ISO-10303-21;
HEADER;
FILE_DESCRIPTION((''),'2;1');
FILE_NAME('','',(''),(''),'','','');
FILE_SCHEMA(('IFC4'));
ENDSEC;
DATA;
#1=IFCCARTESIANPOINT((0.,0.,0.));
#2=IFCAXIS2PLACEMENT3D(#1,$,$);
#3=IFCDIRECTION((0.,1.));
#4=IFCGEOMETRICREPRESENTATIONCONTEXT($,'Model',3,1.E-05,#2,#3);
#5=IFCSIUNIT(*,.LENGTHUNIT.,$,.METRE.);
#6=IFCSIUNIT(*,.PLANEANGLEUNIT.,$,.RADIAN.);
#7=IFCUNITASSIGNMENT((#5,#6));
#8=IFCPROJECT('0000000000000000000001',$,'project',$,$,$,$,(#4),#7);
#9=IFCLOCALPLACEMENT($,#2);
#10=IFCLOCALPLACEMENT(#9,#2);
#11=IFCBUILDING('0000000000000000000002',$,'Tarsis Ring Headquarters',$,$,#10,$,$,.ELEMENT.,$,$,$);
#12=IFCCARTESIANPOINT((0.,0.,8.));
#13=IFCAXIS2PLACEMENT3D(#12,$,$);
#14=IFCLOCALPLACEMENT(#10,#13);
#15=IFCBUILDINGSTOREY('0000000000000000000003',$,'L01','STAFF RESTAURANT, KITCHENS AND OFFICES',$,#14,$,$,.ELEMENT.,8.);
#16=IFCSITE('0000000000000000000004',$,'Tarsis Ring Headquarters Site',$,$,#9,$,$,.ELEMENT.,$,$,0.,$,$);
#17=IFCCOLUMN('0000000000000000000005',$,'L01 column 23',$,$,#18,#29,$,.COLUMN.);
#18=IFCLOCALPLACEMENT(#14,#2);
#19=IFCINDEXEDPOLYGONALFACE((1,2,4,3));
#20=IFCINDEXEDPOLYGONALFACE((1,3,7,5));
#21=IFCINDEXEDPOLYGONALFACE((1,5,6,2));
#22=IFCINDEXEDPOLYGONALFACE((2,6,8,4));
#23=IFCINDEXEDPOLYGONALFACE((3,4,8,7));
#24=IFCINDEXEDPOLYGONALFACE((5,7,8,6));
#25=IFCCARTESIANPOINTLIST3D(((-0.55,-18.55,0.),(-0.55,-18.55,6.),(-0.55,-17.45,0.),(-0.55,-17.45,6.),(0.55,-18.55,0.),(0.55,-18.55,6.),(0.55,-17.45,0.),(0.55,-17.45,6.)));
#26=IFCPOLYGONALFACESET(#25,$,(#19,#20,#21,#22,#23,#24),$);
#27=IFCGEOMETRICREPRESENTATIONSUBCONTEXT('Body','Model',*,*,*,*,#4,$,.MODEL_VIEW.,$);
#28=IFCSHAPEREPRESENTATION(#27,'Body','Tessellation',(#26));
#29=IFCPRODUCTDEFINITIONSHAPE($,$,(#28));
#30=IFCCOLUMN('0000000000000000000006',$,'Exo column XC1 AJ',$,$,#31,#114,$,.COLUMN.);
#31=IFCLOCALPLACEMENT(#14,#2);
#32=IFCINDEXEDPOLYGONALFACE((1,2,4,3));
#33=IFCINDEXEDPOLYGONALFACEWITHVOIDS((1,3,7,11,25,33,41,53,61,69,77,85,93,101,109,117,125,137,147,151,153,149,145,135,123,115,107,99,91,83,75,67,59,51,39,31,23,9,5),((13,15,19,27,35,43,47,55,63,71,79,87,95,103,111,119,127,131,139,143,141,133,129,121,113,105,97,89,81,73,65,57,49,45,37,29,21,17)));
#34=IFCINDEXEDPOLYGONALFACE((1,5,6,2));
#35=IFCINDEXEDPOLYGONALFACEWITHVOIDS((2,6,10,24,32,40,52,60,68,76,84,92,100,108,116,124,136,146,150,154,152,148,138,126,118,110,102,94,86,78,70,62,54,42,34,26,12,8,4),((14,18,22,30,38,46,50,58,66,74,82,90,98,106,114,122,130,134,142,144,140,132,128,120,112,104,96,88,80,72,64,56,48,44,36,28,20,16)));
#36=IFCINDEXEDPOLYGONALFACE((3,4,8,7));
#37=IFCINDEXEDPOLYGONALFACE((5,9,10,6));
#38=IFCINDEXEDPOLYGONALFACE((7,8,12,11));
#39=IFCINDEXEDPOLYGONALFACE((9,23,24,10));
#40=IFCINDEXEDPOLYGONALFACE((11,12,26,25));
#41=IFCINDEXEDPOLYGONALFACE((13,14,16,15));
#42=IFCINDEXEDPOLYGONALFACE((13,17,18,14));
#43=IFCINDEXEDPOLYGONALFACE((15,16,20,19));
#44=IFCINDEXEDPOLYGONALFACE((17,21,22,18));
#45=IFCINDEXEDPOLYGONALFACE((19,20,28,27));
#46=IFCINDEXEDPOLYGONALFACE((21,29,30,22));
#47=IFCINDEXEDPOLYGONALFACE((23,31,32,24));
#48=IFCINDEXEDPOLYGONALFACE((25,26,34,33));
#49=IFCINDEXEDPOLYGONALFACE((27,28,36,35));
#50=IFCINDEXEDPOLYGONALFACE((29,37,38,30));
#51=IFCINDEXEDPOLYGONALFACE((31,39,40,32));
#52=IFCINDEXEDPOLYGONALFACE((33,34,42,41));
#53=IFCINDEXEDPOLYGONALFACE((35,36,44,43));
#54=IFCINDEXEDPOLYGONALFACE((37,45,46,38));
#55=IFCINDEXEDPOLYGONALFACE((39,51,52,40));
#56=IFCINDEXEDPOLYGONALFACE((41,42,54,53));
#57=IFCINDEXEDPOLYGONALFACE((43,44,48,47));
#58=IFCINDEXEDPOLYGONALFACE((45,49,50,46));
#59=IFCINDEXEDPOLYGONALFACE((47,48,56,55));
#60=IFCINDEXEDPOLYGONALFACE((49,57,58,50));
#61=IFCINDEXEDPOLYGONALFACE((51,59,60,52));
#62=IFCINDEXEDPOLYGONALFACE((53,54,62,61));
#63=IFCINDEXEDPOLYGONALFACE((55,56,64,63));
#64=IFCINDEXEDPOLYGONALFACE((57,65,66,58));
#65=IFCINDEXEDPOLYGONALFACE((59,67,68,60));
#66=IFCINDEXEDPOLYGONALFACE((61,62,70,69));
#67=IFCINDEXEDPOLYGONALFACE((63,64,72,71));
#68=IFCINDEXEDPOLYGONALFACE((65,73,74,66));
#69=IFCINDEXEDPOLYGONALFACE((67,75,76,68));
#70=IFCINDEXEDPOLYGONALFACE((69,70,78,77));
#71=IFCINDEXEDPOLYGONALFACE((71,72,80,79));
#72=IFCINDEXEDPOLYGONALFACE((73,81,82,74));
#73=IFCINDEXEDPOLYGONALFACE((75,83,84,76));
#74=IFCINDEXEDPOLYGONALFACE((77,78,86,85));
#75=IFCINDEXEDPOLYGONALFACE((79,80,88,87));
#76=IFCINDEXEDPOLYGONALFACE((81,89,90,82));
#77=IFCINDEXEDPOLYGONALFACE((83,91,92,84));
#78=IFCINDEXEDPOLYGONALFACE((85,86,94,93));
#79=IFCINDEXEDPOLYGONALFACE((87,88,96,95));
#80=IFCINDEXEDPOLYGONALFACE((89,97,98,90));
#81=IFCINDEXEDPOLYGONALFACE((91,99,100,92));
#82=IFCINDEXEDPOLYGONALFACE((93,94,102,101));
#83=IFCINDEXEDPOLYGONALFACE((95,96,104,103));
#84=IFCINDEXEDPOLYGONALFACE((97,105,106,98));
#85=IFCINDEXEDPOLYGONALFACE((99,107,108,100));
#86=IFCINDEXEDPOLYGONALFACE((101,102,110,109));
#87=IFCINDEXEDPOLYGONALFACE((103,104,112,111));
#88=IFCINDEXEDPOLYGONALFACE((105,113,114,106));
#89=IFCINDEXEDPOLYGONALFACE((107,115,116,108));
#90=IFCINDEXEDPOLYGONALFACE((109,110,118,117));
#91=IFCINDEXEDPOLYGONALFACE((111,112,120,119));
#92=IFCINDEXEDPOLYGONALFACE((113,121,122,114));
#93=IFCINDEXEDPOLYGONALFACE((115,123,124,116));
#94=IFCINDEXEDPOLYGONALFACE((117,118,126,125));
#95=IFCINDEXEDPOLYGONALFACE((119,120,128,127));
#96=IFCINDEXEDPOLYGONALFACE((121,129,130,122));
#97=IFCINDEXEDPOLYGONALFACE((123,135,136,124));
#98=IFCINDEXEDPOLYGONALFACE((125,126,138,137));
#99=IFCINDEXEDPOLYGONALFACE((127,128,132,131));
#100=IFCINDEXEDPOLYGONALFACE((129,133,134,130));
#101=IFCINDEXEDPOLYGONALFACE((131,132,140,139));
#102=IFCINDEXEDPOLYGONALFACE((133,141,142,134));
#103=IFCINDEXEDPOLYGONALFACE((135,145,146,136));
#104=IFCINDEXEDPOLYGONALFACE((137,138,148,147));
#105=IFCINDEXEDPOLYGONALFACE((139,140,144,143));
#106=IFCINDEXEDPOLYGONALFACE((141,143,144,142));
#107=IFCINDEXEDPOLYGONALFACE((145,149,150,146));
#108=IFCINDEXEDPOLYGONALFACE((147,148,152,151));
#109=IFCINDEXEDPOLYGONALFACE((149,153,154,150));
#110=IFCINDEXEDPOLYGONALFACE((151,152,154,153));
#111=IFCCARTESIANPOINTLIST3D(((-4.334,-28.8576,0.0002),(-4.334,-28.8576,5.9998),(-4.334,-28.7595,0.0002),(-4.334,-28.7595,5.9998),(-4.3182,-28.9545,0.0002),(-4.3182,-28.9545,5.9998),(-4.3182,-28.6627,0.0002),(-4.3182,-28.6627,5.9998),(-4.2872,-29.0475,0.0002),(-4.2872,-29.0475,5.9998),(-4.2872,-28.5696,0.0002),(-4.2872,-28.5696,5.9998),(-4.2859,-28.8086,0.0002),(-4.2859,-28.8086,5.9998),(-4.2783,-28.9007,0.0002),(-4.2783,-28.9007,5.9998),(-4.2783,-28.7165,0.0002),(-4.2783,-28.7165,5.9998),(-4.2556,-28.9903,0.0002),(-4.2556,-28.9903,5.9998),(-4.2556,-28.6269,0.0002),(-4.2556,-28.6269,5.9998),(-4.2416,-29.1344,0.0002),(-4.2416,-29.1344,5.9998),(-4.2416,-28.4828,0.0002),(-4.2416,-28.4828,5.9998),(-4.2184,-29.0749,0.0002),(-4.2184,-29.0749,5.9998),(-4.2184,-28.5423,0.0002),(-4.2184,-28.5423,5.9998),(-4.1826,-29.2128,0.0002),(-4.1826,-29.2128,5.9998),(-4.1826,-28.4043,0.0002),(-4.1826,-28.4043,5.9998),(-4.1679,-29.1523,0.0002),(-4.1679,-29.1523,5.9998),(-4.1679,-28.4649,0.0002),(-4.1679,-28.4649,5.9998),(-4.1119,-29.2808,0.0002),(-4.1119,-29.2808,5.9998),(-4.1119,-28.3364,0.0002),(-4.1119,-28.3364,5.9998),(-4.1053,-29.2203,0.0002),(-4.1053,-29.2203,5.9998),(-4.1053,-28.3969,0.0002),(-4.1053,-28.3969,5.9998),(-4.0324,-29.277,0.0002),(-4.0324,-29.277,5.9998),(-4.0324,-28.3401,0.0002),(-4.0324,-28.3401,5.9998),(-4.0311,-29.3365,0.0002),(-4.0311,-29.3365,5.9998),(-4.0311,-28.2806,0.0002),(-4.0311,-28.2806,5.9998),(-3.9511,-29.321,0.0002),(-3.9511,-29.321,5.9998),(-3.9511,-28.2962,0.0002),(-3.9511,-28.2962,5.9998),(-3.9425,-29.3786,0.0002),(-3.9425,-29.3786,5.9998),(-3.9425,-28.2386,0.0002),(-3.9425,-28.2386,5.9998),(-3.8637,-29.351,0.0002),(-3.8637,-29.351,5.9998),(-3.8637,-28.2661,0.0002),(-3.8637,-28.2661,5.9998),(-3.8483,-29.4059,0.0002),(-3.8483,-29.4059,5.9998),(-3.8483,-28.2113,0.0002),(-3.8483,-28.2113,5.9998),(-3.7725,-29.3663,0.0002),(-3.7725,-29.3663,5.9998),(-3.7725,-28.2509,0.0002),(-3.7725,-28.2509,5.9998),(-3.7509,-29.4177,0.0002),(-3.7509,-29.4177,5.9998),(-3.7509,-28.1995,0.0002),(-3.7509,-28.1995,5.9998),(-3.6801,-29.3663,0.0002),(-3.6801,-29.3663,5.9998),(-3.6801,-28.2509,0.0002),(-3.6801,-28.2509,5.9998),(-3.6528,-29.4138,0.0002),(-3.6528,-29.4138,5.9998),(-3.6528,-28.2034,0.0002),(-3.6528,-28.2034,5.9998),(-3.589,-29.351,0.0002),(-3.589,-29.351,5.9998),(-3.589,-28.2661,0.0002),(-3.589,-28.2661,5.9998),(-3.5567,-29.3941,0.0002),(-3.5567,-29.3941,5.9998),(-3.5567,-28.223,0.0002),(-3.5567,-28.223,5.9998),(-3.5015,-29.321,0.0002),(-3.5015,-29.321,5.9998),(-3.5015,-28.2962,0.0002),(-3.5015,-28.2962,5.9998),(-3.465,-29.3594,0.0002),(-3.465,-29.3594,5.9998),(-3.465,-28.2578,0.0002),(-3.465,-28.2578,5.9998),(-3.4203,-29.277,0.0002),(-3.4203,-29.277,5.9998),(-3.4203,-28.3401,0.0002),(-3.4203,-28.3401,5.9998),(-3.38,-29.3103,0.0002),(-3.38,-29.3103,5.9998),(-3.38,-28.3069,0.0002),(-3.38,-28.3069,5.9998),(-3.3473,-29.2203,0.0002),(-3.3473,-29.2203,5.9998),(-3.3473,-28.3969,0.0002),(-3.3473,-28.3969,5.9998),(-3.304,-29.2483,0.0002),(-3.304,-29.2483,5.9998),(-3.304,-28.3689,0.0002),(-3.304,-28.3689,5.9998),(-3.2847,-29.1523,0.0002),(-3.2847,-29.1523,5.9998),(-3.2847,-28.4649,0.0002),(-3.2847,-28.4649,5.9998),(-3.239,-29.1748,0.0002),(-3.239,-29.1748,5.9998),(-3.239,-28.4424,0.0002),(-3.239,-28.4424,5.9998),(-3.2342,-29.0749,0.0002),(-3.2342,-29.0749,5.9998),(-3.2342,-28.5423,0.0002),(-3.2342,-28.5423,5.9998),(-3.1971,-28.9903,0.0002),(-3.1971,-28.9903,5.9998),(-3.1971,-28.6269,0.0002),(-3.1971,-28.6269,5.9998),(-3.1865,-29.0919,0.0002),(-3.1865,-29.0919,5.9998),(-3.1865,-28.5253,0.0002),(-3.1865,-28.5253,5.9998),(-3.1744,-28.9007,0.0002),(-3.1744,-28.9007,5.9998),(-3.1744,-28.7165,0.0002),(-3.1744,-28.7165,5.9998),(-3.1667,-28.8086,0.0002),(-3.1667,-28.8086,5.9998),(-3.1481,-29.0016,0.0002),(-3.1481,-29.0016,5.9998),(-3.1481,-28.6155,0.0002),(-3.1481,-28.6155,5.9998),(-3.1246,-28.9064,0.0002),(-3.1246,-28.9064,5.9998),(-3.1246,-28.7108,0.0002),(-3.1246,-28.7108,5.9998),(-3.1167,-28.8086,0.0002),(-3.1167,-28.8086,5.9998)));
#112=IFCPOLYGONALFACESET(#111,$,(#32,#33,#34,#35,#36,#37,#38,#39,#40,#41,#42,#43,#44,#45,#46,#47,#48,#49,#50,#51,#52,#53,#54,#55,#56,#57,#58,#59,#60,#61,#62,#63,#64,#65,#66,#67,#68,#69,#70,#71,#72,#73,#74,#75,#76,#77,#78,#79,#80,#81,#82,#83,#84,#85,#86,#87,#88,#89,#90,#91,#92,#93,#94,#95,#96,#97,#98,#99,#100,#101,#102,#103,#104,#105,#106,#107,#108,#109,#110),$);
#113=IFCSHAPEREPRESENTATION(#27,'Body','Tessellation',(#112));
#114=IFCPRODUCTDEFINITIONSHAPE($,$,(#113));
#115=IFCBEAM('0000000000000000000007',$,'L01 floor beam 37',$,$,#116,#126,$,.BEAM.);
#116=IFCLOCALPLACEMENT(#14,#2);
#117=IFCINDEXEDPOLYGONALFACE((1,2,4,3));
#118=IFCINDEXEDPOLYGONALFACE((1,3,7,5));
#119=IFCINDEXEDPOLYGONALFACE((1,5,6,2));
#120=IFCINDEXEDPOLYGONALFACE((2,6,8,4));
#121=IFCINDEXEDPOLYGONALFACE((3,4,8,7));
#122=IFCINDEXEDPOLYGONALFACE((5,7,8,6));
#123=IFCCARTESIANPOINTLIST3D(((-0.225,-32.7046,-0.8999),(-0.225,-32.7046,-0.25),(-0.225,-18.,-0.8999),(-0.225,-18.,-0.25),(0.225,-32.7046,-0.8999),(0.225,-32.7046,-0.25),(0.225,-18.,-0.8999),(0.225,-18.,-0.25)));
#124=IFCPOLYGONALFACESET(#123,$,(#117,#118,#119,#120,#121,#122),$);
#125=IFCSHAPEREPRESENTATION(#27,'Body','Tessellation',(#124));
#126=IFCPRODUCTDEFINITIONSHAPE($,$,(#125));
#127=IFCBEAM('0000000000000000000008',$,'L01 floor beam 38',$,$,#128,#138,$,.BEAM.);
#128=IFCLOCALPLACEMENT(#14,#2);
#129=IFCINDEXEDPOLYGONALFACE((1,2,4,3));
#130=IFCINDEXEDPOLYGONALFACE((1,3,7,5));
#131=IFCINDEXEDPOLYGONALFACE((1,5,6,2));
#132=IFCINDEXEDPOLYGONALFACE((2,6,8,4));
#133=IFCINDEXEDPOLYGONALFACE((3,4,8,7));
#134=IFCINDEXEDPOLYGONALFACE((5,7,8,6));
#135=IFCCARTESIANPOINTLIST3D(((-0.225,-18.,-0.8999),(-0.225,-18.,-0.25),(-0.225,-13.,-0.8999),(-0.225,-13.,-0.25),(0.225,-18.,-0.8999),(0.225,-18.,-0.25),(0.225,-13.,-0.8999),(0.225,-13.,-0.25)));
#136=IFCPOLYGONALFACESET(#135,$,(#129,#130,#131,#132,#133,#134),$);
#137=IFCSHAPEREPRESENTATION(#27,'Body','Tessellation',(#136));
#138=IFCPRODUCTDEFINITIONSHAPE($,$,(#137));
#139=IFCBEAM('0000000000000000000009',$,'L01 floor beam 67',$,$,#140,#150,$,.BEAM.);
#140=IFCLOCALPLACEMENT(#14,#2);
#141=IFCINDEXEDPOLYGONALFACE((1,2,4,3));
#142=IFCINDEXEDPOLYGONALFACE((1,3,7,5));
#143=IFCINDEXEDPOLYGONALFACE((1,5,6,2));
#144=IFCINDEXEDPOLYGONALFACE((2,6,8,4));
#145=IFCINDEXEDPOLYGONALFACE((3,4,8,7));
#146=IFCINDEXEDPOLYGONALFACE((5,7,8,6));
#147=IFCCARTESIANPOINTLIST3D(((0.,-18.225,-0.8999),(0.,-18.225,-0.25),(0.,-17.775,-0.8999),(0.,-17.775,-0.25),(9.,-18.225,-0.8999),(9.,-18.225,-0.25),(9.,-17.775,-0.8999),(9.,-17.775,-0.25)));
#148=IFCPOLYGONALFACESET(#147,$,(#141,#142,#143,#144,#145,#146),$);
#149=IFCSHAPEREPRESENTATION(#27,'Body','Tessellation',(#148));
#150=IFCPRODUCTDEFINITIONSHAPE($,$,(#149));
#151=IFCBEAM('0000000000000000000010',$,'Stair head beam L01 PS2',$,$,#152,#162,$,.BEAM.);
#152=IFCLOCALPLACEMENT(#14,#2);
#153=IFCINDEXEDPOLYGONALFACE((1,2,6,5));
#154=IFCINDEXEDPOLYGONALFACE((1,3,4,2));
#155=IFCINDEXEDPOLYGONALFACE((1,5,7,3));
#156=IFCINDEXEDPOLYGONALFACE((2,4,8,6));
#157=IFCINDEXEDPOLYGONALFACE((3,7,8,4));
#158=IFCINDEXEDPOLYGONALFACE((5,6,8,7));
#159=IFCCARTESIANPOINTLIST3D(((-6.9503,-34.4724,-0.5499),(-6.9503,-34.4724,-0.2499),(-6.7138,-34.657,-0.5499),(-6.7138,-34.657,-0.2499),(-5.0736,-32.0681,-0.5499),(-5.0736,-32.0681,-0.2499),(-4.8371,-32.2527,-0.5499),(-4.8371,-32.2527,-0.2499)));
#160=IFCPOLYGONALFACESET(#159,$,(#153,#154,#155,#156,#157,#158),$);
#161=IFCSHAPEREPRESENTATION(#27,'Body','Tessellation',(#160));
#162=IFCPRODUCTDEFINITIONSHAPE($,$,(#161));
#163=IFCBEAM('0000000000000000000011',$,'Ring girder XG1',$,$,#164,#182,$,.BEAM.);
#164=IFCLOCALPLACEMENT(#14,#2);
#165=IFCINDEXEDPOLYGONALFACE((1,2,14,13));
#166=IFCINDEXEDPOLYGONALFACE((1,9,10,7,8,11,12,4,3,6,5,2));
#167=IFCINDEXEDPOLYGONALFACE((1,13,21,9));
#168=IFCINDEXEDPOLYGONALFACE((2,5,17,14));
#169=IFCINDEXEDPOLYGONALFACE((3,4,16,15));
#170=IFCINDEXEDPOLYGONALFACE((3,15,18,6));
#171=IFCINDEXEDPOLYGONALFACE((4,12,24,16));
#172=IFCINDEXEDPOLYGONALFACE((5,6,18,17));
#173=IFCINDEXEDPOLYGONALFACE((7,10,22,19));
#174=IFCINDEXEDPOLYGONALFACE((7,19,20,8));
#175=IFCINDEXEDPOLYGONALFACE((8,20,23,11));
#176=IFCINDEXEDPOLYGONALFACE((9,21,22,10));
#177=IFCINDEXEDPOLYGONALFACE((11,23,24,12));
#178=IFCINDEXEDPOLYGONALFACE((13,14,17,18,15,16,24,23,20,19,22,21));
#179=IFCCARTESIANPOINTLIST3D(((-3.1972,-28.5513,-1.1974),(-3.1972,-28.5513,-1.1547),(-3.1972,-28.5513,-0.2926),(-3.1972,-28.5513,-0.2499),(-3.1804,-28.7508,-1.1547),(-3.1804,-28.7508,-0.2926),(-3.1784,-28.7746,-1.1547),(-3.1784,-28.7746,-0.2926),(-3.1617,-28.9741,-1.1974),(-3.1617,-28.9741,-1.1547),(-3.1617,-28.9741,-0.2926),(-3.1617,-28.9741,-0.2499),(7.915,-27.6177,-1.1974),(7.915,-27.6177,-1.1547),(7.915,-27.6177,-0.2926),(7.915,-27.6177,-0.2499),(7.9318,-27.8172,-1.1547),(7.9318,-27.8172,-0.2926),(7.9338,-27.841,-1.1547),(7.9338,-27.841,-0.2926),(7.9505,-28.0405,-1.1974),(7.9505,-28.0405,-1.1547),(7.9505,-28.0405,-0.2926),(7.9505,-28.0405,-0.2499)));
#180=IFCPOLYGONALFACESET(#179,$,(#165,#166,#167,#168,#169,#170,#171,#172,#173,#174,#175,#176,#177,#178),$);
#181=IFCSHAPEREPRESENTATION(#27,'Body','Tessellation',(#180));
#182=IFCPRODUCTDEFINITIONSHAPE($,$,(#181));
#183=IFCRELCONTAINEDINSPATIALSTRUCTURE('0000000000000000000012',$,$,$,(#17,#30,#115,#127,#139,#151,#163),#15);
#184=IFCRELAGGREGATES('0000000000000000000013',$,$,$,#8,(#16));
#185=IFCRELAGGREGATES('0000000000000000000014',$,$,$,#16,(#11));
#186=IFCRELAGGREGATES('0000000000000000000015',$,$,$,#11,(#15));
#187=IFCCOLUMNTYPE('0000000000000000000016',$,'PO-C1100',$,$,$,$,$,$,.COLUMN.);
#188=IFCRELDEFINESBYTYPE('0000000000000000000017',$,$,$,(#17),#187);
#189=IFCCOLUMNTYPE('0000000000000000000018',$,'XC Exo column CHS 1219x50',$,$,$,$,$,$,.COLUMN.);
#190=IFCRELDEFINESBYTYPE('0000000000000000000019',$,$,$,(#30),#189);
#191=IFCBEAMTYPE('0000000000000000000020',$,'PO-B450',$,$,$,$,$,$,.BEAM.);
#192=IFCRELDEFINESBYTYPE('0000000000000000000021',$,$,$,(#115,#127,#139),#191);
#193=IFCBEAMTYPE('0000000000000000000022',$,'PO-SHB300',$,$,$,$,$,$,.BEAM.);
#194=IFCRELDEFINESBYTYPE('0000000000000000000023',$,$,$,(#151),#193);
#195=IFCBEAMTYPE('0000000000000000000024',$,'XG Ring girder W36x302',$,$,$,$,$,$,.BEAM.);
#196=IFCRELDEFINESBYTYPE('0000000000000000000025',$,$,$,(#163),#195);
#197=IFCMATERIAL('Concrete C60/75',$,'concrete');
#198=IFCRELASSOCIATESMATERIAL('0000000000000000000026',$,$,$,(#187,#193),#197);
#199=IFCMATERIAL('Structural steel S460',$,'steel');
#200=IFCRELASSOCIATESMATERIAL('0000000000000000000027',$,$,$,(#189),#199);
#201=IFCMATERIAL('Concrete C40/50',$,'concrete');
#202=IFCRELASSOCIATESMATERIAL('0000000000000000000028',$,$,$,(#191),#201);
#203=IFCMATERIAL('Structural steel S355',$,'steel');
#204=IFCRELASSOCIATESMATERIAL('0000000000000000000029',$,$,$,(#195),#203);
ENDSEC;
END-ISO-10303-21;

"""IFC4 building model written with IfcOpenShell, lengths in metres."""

from ifc_helpers import new_model, si_unit, direction, frame, origin, origin_2d, place, context, subcontext, project, spatial, rectangle, hollow_circle, i_section, extrude, material, material_profile, profile_set, type_object, element, save


model = new_model("IFC4")

# Units and contexts
model_context = context("Model", 3, precision=1e-05, world=origin(), true_north=direction((0.0, 1.0)))
body_context = subcontext(model_context, "Body", "Model", "MODEL_VIEW")
ifc_project = project(units=[si_unit("LENGTHUNIT", "METRE"), si_unit("PLANEANGLEUNIT", "RADIAN")], contexts=[model_context])

# Site, building, storey
site_placement = place(None, origin())
site = spatial("IfcSite", under=ifc_project, at=site_placement, Name="Tarsis Ring Headquarters Site", CompositionType="ELEMENT", RefElevation=0.0)
building_placement = place(site_placement, origin())
building = spatial("IfcBuilding", under=site, at=building_placement, Name="Tarsis Ring Headquarters", CompositionType="ELEMENT")
storey_placement = place(building_placement, frame((0.0, 0.0, 8.0)))
storey = spatial("IfcBuildingStorey", under=building, at=storey_placement, Name="L01", Description="STAFF RESTAURANT, KITCHENS AND OFFICES", CompositionType="ELEMENT", Elevation=8.0)

# Columns
ifc_material_1 = material(Name="Concrete C60/75", Category="concrete")
ifc_material_profile_1 = material_profile(ifc_material_1, rectangle(XDim=1.1001, YDim=1.1001, at=origin_2d()), Name="PO-C1100")
ifc_profile_set_1 = profile_set([ifc_material_profile_1], Name="Concrete C60/75")
column_type_1 = type_object("IfcColumnType", Name="PO-C1100", PredefinedType="COLUMN", material=ifc_profile_set_1)
column_1_placement = place(storey_placement, frame((0.0, -18.0, 0.0), z_axis=(0.0, 0.0, 1.0), x_axis=(1.0, 0.0, 0.0)))
element("IfcColumn", 1, at=column_1_placement, inside=storey, type_object=column_type_1, Name="L01 column 23", PredefinedType="COLUMN", context=body_context, shape_type="SweptSolid", body=[
    extrude(rectangle(XDim=1.1001, YDim=1.1001, at=origin_2d()), origin(), (0.0, 0.0, 1.0), 6.0),
])
ifc_material_2 = material(Name="Structural steel S460", Category="steel")
ifc_material_profile_2 = material_profile(ifc_material_2, hollow_circle(Radius=0.6096, WallThickness=0.05, at=origin_2d()), Name="CHS 1219x50")
ifc_profile_set_2 = profile_set([ifc_material_profile_2], Name="Structural steel S460")
column_type_2 = type_object("IfcColumnType", Name="XC Exo column CHS 1219x50", PredefinedType="COLUMN", material=ifc_profile_set_2)
column_2_placement = place(storey_placement, frame((-3.7263, -28.8086, 0.0002), z_axis=(0.0, 0.0, 1.0), x_axis=(1.0, 0.0, 0.0)))
element("IfcColumn", 2, at=column_2_placement, inside=storey, type_object=column_type_2, Name="Exo column XC1 AJ", PredefinedType="COLUMN", context=body_context, shape_type="SweptSolid", body=[
    extrude(hollow_circle(Radius=0.6096, WallThickness=0.05, at=origin_2d()), origin(), (0.0, 0.0, 1.0), 5.9995),
])

# Beams
ifc_material_3 = material(Name="Concrete C40/50", Category="concrete")
ifc_material_profile_3 = material_profile(ifc_material_3, rectangle(XDim=0.45, YDim=0.6499, at=origin_2d()), Name="PO-B450")
ifc_profile_set_3 = profile_set([ifc_material_profile_3], Name="Concrete C40/50")
beam_type_1 = type_object("IfcBeamType", Name="PO-B450", PredefinedType="BEAM", material=ifc_profile_set_3)
beam_1_placement = place(storey_placement, frame((0.0, -32.7046, -0.575), z_axis=(0.0, 1.0, 0.0), x_axis=(-1.0, 0.0, 0.0)))
element("IfcBeam", 3, at=beam_1_placement, inside=storey, type_object=beam_type_1, Name="L01 floor beam 37", PredefinedType="BEAM", context=body_context, shape_type="SweptSolid", body=[
    extrude(rectangle(XDim=0.45, YDim=0.6499, at=origin_2d()), origin(), (0.0, 0.0, 1.0), 14.7046),
])
beam_2_placement = place(storey_placement, frame((0.0, -18.0, -0.575), z_axis=(0.0, 1.0, 0.0), x_axis=(-1.0, 0.0, 0.0)))
element("IfcBeam", 4, at=beam_2_placement, inside=storey, type_object=beam_type_1, Name="L01 floor beam 38", PredefinedType="BEAM", context=body_context, shape_type="SweptSolid", body=[
    extrude(rectangle(XDim=0.45, YDim=0.6499, at=origin_2d()), origin(), (0.0, 0.0, 1.0), 5.0),
])
beam_3_placement = place(storey_placement, frame((0.0, -18.0, -0.575), z_axis=(1.0, 0.0, 0.0), x_axis=(0.0, 1.0, 0.0)))
element("IfcBeam", 5, at=beam_3_placement, inside=storey, type_object=beam_type_1, Name="L01 floor beam 67", PredefinedType="BEAM", context=body_context, shape_type="SweptSolid", body=[
    extrude(rectangle(XDim=0.45, YDim=0.6499, at=origin_2d()), origin(), (0.0, 0.0, 1.0), 9.0),
])
ifc_material_profile_4 = material_profile(ifc_material_1, rectangle(XDim=0.3, YDim=0.3, at=origin_2d()), Name="PO-SHB300")
ifc_profile_set_4 = profile_set([ifc_material_profile_4], Name="Concrete C60/75")
beam_type_2 = type_object("IfcBeamType", Name="PO-SHB300", PredefinedType="BEAM", material=ifc_profile_set_4)
beam_4_placement = place(storey_placement, frame((-4.9553, -32.1604, -0.3999), z_axis=(-0.615308, -0.788286, 0.0), x_axis=(0.788286, -0.615308, 0.0)))
element("IfcBeam", 6, at=beam_4_placement, inside=storey, type_object=beam_type_2, Name="Stair head beam L01 PS2", PredefinedType="BEAM", context=body_context, shape_type="SweptSolid", body=[
    extrude(rectangle(XDim=0.3, YDim=0.3, at=origin_2d()), origin(), (0.0, 0.0, 1.0), 3.05),
])
ifc_material_4 = material(Name="Structural steel S355", Category="steel")
ifc_material_profile_5 = material_profile(ifc_material_4, i_section(OverallWidth=0.4243, OverallDepth=0.9475, WebThickness=0.0239, FlangeThickness=0.0427, at=origin_2d()), Name="W36x302")
ifc_profile_set_5 = profile_set([ifc_material_profile_5], Name="Structural steel S355")
beam_type_3 = type_object("IfcBeamType", Name="XG Ring girder W36x302", PredefinedType="BEAM", material=ifc_profile_set_5)
beam_5_placement = place(storey_placement, frame((-3.1794, -28.7627, -0.7236), z_axis=(0.996489, 0.083719, 0.0), x_axis=(-0.083719, 0.996489, 0.0)))
element("IfcBeam", 7, at=beam_5_placement, inside=storey, type_object=beam_type_3, Name="Ring girder XG1", PredefinedType="BEAM", context=body_context, shape_type="SweptSolid", body=[
    extrude(i_section(OverallWidth=0.4243, OverallDepth=0.9475, WebThickness=0.0239, FlangeThickness=0.0427, at=origin_2d()), origin(), (0.0, 0.0, 1.0), 11.1514),
])

save(model, "model.ifc")
